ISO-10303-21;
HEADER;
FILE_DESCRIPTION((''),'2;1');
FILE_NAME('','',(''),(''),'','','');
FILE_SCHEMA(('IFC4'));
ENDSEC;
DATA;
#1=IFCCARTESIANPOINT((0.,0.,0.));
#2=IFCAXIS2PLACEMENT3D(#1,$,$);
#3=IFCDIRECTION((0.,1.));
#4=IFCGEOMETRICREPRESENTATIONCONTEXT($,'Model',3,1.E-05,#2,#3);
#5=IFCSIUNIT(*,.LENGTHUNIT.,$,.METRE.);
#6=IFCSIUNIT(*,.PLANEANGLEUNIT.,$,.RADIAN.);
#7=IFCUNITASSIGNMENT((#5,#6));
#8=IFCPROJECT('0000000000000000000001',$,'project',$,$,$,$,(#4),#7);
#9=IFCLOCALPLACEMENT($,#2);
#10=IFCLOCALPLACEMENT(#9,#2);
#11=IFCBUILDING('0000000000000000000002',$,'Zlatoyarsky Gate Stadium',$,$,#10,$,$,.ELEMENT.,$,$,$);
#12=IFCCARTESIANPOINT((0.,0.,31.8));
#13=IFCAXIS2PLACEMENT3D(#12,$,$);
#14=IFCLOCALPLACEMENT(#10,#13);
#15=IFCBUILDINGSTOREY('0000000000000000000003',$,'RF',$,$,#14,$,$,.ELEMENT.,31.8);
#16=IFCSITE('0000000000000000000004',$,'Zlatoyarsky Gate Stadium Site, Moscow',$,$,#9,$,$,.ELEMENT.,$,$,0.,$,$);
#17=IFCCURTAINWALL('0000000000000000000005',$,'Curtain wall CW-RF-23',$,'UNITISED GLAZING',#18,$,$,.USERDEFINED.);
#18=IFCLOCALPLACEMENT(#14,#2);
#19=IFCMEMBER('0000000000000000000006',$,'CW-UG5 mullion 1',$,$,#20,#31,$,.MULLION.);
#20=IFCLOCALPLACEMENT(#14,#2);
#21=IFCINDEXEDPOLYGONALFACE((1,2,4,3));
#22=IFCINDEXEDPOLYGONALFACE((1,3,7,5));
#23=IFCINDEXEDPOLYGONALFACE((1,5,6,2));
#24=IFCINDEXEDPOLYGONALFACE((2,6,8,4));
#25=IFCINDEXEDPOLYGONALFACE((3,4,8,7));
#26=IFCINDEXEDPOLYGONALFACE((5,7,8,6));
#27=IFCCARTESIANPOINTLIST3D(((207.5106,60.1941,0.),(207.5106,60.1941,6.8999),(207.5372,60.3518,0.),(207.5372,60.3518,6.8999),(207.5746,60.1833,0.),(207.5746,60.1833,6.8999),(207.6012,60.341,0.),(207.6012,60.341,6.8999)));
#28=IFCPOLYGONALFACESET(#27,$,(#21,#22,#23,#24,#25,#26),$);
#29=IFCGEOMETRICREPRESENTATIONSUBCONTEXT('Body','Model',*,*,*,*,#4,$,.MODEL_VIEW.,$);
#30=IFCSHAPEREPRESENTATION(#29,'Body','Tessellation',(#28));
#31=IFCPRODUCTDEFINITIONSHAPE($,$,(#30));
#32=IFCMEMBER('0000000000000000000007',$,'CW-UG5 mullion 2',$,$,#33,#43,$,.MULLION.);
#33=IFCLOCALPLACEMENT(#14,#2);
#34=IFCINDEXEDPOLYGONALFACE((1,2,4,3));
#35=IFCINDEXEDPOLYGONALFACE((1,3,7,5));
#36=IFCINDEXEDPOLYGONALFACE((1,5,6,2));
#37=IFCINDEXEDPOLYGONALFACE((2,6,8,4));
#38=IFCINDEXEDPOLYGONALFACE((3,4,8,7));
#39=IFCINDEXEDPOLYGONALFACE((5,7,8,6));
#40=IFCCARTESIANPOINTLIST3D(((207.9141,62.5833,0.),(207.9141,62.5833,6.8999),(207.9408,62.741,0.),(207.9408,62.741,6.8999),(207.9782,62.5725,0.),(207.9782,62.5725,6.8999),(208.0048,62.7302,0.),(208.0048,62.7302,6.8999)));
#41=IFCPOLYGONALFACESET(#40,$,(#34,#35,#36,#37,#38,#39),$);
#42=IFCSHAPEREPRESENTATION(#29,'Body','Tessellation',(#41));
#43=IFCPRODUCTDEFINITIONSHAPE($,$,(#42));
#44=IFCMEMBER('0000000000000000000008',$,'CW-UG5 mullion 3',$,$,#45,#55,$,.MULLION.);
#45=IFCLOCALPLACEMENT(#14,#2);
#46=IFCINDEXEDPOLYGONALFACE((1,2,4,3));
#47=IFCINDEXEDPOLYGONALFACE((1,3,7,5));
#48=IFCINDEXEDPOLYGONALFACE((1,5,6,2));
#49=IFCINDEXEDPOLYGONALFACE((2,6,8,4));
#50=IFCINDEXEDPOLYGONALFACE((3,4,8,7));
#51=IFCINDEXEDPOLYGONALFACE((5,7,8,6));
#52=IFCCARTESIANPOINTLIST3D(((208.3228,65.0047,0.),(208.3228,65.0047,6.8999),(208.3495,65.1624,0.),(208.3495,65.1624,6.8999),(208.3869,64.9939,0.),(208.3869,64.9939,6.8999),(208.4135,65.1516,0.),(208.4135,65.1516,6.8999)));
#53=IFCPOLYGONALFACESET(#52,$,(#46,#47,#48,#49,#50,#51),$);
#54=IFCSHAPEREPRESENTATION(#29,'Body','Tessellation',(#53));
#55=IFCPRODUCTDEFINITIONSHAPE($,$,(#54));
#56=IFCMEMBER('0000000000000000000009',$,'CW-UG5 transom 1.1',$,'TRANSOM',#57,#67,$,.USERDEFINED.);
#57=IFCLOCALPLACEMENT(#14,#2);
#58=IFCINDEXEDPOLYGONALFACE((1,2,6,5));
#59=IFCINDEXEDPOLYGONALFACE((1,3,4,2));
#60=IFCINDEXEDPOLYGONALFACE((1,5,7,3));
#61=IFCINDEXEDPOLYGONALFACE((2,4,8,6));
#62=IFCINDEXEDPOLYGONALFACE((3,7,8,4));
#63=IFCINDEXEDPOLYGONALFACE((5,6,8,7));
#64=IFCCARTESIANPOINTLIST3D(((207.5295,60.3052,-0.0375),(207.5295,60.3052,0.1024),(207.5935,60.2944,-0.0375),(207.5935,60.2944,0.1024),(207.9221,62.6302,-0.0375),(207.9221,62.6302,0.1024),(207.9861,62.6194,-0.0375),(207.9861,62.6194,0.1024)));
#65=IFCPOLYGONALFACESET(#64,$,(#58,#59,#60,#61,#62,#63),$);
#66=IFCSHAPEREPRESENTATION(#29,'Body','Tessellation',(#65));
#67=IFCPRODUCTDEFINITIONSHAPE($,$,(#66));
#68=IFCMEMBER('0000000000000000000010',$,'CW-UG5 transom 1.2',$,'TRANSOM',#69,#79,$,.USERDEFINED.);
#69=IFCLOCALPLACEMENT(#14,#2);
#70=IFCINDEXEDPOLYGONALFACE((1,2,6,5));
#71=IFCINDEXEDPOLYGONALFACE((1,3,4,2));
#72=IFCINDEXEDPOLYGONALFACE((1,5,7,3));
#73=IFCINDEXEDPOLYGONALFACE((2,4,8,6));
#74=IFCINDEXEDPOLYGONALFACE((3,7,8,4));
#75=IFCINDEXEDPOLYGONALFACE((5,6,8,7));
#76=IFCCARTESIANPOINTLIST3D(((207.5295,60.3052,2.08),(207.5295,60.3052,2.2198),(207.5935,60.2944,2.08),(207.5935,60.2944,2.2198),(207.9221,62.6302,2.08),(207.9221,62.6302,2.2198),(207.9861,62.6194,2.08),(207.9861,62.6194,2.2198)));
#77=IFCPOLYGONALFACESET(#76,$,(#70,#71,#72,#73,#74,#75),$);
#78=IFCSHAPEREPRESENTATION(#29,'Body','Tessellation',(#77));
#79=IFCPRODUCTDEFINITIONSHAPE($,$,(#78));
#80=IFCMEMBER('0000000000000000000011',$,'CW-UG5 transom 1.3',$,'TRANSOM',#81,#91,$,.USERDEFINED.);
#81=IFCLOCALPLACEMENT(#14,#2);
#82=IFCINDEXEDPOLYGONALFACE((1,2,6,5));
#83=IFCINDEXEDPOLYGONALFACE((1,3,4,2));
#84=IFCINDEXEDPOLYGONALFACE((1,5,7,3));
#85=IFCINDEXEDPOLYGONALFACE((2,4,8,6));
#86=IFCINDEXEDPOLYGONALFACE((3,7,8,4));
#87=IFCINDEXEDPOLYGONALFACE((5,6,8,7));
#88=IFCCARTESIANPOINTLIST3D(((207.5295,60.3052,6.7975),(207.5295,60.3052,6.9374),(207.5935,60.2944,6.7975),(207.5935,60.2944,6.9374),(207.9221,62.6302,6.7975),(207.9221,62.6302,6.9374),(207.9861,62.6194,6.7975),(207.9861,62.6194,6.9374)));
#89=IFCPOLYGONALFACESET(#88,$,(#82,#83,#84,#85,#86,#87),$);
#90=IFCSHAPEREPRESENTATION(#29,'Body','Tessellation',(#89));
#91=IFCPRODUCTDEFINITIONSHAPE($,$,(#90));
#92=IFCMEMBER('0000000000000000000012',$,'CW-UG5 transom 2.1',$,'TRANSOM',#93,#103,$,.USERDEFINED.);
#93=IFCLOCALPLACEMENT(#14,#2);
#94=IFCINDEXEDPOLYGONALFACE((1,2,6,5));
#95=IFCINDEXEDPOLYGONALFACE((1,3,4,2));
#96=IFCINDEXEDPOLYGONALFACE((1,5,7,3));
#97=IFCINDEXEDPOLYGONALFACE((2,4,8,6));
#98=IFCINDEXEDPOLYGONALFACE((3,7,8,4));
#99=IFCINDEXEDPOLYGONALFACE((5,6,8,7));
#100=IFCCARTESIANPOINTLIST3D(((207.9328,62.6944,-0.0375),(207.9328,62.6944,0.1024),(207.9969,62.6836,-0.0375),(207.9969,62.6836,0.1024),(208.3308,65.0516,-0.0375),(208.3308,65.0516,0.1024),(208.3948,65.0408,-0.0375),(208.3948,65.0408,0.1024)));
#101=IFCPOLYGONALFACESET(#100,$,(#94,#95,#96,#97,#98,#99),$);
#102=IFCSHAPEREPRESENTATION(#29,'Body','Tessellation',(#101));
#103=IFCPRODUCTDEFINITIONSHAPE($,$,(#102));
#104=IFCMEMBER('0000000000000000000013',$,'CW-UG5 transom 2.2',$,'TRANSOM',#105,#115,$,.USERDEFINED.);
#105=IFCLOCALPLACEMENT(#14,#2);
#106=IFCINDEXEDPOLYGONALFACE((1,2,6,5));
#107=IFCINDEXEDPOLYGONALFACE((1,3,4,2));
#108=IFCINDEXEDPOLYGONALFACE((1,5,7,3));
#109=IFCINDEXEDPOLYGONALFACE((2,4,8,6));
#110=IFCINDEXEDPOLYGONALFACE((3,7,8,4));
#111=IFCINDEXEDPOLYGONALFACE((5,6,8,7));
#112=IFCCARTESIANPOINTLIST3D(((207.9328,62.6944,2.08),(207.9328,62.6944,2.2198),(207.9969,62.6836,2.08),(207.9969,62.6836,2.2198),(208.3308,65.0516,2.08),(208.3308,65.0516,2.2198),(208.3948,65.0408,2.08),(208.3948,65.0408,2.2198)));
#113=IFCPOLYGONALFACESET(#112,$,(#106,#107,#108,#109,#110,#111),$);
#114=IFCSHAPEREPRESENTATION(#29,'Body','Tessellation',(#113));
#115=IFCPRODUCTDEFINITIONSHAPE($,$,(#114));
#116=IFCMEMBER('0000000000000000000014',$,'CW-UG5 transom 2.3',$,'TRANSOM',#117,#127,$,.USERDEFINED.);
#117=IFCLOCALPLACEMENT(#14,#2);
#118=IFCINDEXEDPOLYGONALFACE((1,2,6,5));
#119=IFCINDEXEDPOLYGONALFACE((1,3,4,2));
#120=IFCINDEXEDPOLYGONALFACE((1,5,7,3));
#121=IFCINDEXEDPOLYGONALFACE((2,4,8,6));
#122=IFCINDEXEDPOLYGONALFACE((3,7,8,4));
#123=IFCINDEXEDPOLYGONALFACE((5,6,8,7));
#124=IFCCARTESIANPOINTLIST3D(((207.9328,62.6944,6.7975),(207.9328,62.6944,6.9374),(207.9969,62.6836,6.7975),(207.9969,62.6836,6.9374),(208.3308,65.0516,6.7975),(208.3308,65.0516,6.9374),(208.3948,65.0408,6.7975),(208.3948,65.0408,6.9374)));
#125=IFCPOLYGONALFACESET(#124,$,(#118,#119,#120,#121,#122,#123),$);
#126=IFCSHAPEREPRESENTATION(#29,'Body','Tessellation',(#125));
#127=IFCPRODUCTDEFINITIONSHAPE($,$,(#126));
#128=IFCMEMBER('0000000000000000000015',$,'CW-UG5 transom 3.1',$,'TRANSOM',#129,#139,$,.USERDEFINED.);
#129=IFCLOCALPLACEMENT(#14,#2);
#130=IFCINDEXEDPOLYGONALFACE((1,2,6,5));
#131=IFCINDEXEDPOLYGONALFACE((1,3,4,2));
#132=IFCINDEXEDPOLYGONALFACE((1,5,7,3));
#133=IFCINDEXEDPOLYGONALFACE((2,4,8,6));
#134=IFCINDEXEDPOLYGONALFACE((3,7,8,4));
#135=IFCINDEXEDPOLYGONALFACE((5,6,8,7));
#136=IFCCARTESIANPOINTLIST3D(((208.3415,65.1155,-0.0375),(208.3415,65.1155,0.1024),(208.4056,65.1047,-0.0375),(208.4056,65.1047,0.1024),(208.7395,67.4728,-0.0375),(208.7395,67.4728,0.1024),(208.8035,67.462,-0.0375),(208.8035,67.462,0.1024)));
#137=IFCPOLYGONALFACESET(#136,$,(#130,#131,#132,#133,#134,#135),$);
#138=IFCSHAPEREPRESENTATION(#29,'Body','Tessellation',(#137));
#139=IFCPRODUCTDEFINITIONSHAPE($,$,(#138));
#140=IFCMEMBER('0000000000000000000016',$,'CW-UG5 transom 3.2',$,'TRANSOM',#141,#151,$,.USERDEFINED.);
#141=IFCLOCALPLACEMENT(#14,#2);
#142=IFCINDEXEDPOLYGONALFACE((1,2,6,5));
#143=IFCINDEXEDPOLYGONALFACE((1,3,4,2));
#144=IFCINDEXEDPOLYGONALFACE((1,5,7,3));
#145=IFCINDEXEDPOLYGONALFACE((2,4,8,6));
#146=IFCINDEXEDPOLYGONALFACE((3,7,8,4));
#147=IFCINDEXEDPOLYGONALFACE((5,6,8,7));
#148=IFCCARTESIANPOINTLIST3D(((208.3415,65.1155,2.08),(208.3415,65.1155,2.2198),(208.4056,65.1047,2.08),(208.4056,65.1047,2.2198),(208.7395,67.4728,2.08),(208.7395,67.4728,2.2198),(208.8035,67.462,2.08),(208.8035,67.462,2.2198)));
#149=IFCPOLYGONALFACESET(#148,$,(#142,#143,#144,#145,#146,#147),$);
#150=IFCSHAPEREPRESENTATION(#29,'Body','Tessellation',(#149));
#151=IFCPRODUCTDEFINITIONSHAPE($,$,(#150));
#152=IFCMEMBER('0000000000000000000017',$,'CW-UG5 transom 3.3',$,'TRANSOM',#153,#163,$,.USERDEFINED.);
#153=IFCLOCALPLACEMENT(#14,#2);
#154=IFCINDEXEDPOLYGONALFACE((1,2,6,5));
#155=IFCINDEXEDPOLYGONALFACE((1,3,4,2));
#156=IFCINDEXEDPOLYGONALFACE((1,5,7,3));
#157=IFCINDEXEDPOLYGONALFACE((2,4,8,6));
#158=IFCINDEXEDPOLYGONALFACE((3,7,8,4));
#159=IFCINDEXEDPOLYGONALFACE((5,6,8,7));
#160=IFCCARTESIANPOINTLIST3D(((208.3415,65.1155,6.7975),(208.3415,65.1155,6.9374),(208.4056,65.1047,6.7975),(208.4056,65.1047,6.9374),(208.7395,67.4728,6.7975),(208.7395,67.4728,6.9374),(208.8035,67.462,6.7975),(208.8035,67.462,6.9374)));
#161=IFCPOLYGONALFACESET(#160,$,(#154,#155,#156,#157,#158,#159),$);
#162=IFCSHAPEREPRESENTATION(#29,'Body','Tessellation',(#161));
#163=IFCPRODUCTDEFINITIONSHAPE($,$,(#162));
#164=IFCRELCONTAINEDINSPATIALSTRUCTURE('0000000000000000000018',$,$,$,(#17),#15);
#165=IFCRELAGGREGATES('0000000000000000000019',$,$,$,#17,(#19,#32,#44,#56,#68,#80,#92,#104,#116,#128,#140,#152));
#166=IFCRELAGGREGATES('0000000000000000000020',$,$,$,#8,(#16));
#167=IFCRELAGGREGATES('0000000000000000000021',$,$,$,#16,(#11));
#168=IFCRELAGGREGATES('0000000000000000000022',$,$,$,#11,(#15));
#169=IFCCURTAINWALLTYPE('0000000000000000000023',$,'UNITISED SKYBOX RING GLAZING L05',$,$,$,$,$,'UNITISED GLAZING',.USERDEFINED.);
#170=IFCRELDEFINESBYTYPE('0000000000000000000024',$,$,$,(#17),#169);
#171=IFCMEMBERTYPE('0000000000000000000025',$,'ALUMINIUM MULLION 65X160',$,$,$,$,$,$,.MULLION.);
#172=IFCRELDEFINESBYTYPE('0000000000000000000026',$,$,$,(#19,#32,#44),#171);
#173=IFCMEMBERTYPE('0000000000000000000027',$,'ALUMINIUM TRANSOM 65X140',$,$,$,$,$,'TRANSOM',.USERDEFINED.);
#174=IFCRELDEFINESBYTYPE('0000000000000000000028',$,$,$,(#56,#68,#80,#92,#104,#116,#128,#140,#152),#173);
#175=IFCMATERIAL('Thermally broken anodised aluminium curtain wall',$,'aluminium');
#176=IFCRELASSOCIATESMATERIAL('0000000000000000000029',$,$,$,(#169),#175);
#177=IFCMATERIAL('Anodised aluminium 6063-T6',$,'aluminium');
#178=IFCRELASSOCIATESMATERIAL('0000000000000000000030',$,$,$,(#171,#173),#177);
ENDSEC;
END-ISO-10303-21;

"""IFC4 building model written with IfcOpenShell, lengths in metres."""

from ifc_helpers import new_model, si_unit, direction, frame, origin, origin_2d, place, context, subcontext, project, spatial, rectangle, extrude, material, material_profile, profile_set, type_object, element, aggregate, save


model = new_model("IFC4")

# Units and contexts
model_context = context("Model", 3, precision=1e-05, world=origin(), true_north=direction((0.0, 1.0)))
body_context = subcontext(model_context, "Body", "Model", "MODEL_VIEW")
ifc_project = project(units=[si_unit("LENGTHUNIT", "METRE"), si_unit("PLANEANGLEUNIT", "RADIAN")], contexts=[model_context])

# Site, building, storey
site_placement = place(None, origin())
site = spatial("IfcSite", under=ifc_project, at=site_placement, Name="Zlatoyarsky Gate Stadium Site, Moscow", CompositionType="ELEMENT", RefElevation=0.0)
building_placement = place(site_placement, origin())
building = spatial("IfcBuilding", under=site, at=building_placement, Name="Zlatoyarsky Gate Stadium", CompositionType="ELEMENT")
storey_placement = place(building_placement, frame((0.0, 0.0, 31.8)))
storey = spatial("IfcBuildingStorey", under=building, at=storey_placement, Name="RF", CompositionType="ELEMENT", Elevation=31.8)

# Curtain wall, members
ifc_material_1 = material(Name="Thermally broken anodised aluminium curtain wall", Category="aluminium")
curtain_wall_type = type_object("IfcCurtainWallType", Name="UNITISED SKYBOX RING GLAZING L05", ElementType="UNITISED GLAZING", PredefinedType="USERDEFINED", material=ifc_material_1)
curtain_wall_placement = place(storey_placement, origin())
curtain_wall = element("IfcCurtainWall", 1, at=curtain_wall_placement, inside=storey, type_object=curtain_wall_type, Name="Curtain wall CW-RF-23", ObjectType="UNITISED GLAZING", PredefinedType="USERDEFINED")
ifc_material_2 = material(Name="Anodised aluminium 6063-T6", Category="aluminium")
ifc_material_profile_1 = material_profile(ifc_material_2, rectangle(XDim=0.0649, YDim=0.1599, at=origin_2d()), Name="ALU 65X160")
ifc_profile_set_1 = profile_set([ifc_material_profile_1], Name="Anodised aluminium 6063-T6")
member_type_1 = type_object("IfcMemberType", Name="ALUMINIUM MULLION 65X160", PredefinedType="MULLION", material=ifc_profile_set_1)
member_1_placement = place(storey_placement, frame((207.5559, 60.2676, 0.0), z_axis=(0.0, 0.0, 1.0), x_axis=(-0.986044, 0.166482, 0.0)))
member_1 = element("IfcMember", 2, at=member_1_placement, type_object=member_type_1, Name="CW-UG5 mullion 1", PredefinedType="MULLION", context=body_context, shape_type="SweptSolid", body=[
    extrude(rectangle(XDim=0.0649, YDim=0.1599, at=origin_2d()), origin(), (0.0, 0.0, 1.0), 6.8999),
])
member_2_placement = place(storey_placement, frame((207.9595, 62.6567, 0.0), z_axis=(0.0, 0.0, 1.0), x_axis=(-0.986044, 0.166482, 0.0)))
member_2 = element("IfcMember", 3, at=member_2_placement, type_object=member_type_1, Name="CW-UG5 mullion 2", PredefinedType="MULLION", context=body_context, shape_type="SweptSolid", body=[
    extrude(rectangle(XDim=0.0649, YDim=0.1599, at=origin_2d()), origin(), (0.0, 0.0, 1.0), 6.8999),
])
member_3_placement = place(storey_placement, frame((208.3682, 65.0781, 0.0), z_axis=(0.0, 0.0, 1.0), x_axis=(-0.986044, 0.166482, 0.0)))
member_3 = element("IfcMember", 4, at=member_3_placement, type_object=member_type_1, Name="CW-UG5 mullion 3", PredefinedType="MULLION", context=body_context, shape_type="SweptSolid", body=[
    extrude(rectangle(XDim=0.0649, YDim=0.1599, at=origin_2d()), origin(), (0.0, 0.0, 1.0), 6.8999),
])
ifc_material_profile_2 = material_profile(ifc_material_2, rectangle(XDim=0.0649, YDim=0.1399, at=origin_2d()), Name="ALU 65X140")
ifc_profile_set_2 = profile_set([ifc_material_profile_2], Name="Anodised aluminium 6063-T6")
member_type_2 = type_object("IfcMemberType", Name="ALUMINIUM TRANSOM 65X140", ElementType="TRANSOM", PredefinedType="USERDEFINED", material=ifc_profile_set_2)
member_4_placement = place(storey_placement, frame((207.5615, 60.2998, 0.0325), z_axis=(0.166497, 0.986042, 0.0), x_axis=(-0.986042, 0.166497, 0.0)))
member_4 = element("IfcMember", 5, at=member_4_placement, type_object=member_type_2, Name="CW-UG5 transom 1.1", ObjectType="TRANSOM", PredefinedType="USERDEFINED", context=body_context, shape_type="SweptSolid", body=[
    extrude(rectangle(XDim=0.0649, YDim=0.1399, at=origin_2d()), origin(), (0.0, 0.0, 1.0), 2.3579),
])
member_5_placement = place(storey_placement, frame((207.5615, 60.2998, 2.1499), z_axis=(0.166497, 0.986042, 0.0), x_axis=(-0.986042, 0.166497, 0.0)))
member_5 = element("IfcMember", 6, at=member_5_placement, type_object=member_type_2, Name="CW-UG5 transom 1.2", ObjectType="TRANSOM", PredefinedType="USERDEFINED", context=body_context, shape_type="SweptSolid", body=[
    extrude(rectangle(XDim=0.0649, YDim=0.1399, at=origin_2d()), origin(), (0.0, 0.0, 1.0), 2.3579),
])
member_6_placement = place(storey_placement, frame((207.5615, 60.2998, 6.8674), z_axis=(0.166497, 0.986042, 0.0), x_axis=(-0.986042, 0.166497, 0.0)))
member_6 = element("IfcMember", 7, at=member_6_placement, type_object=member_type_2, Name="CW-UG5 transom 1.3", ObjectType="TRANSOM", PredefinedType="USERDEFINED", context=body_context, shape_type="SweptSolid", body=[
    extrude(rectangle(XDim=0.0649, YDim=0.1399, at=origin_2d()), origin(), (0.0, 0.0, 1.0), 2.3579),
])
member_7_placement = place(storey_placement, frame((207.9648, 62.689, 0.0325), z_axis=(0.166469, 0.986047, 0.0), x_axis=(-0.986047, 0.166469, 0.0)))
member_7 = element("IfcMember", 8, at=member_7_placement, type_object=member_type_2, Name="CW-UG5 transom 2.1", ObjectType="TRANSOM", PredefinedType="USERDEFINED", context=body_context, shape_type="SweptSolid", body=[
    extrude(rectangle(XDim=0.0649, YDim=0.1399, at=origin_2d()), origin(), (0.0, 0.0, 1.0), 2.3906),
])
member_8_placement = place(storey_placement, frame((207.9648, 62.689, 2.1499), z_axis=(0.166469, 0.986047, 0.0), x_axis=(-0.986047, 0.166469, 0.0)))
member_8 = element("IfcMember", 9, at=member_8_placement, type_object=member_type_2, Name="CW-UG5 transom 2.2", ObjectType="TRANSOM", PredefinedType="USERDEFINED", context=body_context, shape_type="SweptSolid", body=[
    extrude(rectangle(XDim=0.0649, YDim=0.1399, at=origin_2d()), origin(), (0.0, 0.0, 1.0), 2.3906),
])
member_9_placement = place(storey_placement, frame((207.9648, 62.689, 6.8674), z_axis=(0.166469, 0.986047, 0.0), x_axis=(-0.986047, 0.166469, 0.0)))
member_9 = element("IfcMember", 10, at=member_9_placement, type_object=member_type_2, Name="CW-UG5 transom 2.3", ObjectType="TRANSOM", PredefinedType="USERDEFINED", context=body_context, shape_type="SweptSolid", body=[
    extrude(rectangle(XDim=0.0649, YDim=0.1399, at=origin_2d()), origin(), (0.0, 0.0, 1.0), 2.3906),
])
member_10_placement = place(storey_placement, frame((208.3735, 65.1101, 0.0325), z_axis=(0.166469, 0.986047, 0.0), x_axis=(-0.986047, 0.166469, 0.0)))
member_10 = element("IfcMember", 11, at=member_10_placement, type_object=member_type_2, Name="CW-UG5 transom 3.1", ObjectType="TRANSOM", PredefinedType="USERDEFINED", context=body_context, shape_type="SweptSolid", body=[
    extrude(rectangle(XDim=0.0649, YDim=0.1399, at=origin_2d()), origin(), (0.0, 0.0, 1.0), 2.3906),
])
member_11_placement = place(storey_placement, frame((208.3735, 65.1101, 2.1499), z_axis=(0.166469, 0.986047, 0.0), x_axis=(-0.986047, 0.166469, 0.0)))
member_11 = element("IfcMember", 12, at=member_11_placement, type_object=member_type_2, Name="CW-UG5 transom 3.2", ObjectType="TRANSOM", PredefinedType="USERDEFINED", context=body_context, shape_type="SweptSolid", body=[
    extrude(rectangle(XDim=0.0649, YDim=0.1399, at=origin_2d()), origin(), (0.0, 0.0, 1.0), 2.3906),
])
member_12_placement = place(storey_placement, frame((208.3735, 65.1101, 6.8674), z_axis=(0.166469, 0.986047, 0.0), x_axis=(-0.986047, 0.166469, 0.0)))
member_12 = element("IfcMember", 13, at=member_12_placement, type_object=member_type_2, Name="CW-UG5 transom 3.3", ObjectType="TRANSOM", PredefinedType="USERDEFINED", context=body_context, shape_type="SweptSolid", body=[
    extrude(rectangle(XDim=0.0649, YDim=0.1399, at=origin_2d()), origin(), (0.0, 0.0, 1.0), 2.3906),
])

aggregate(curtain_wall, [member_1, member_2, member_3, member_4, member_5, member_6, member_7, member_8, member_9, member_10, member_11, member_12])

save(model, "model.ifc")
